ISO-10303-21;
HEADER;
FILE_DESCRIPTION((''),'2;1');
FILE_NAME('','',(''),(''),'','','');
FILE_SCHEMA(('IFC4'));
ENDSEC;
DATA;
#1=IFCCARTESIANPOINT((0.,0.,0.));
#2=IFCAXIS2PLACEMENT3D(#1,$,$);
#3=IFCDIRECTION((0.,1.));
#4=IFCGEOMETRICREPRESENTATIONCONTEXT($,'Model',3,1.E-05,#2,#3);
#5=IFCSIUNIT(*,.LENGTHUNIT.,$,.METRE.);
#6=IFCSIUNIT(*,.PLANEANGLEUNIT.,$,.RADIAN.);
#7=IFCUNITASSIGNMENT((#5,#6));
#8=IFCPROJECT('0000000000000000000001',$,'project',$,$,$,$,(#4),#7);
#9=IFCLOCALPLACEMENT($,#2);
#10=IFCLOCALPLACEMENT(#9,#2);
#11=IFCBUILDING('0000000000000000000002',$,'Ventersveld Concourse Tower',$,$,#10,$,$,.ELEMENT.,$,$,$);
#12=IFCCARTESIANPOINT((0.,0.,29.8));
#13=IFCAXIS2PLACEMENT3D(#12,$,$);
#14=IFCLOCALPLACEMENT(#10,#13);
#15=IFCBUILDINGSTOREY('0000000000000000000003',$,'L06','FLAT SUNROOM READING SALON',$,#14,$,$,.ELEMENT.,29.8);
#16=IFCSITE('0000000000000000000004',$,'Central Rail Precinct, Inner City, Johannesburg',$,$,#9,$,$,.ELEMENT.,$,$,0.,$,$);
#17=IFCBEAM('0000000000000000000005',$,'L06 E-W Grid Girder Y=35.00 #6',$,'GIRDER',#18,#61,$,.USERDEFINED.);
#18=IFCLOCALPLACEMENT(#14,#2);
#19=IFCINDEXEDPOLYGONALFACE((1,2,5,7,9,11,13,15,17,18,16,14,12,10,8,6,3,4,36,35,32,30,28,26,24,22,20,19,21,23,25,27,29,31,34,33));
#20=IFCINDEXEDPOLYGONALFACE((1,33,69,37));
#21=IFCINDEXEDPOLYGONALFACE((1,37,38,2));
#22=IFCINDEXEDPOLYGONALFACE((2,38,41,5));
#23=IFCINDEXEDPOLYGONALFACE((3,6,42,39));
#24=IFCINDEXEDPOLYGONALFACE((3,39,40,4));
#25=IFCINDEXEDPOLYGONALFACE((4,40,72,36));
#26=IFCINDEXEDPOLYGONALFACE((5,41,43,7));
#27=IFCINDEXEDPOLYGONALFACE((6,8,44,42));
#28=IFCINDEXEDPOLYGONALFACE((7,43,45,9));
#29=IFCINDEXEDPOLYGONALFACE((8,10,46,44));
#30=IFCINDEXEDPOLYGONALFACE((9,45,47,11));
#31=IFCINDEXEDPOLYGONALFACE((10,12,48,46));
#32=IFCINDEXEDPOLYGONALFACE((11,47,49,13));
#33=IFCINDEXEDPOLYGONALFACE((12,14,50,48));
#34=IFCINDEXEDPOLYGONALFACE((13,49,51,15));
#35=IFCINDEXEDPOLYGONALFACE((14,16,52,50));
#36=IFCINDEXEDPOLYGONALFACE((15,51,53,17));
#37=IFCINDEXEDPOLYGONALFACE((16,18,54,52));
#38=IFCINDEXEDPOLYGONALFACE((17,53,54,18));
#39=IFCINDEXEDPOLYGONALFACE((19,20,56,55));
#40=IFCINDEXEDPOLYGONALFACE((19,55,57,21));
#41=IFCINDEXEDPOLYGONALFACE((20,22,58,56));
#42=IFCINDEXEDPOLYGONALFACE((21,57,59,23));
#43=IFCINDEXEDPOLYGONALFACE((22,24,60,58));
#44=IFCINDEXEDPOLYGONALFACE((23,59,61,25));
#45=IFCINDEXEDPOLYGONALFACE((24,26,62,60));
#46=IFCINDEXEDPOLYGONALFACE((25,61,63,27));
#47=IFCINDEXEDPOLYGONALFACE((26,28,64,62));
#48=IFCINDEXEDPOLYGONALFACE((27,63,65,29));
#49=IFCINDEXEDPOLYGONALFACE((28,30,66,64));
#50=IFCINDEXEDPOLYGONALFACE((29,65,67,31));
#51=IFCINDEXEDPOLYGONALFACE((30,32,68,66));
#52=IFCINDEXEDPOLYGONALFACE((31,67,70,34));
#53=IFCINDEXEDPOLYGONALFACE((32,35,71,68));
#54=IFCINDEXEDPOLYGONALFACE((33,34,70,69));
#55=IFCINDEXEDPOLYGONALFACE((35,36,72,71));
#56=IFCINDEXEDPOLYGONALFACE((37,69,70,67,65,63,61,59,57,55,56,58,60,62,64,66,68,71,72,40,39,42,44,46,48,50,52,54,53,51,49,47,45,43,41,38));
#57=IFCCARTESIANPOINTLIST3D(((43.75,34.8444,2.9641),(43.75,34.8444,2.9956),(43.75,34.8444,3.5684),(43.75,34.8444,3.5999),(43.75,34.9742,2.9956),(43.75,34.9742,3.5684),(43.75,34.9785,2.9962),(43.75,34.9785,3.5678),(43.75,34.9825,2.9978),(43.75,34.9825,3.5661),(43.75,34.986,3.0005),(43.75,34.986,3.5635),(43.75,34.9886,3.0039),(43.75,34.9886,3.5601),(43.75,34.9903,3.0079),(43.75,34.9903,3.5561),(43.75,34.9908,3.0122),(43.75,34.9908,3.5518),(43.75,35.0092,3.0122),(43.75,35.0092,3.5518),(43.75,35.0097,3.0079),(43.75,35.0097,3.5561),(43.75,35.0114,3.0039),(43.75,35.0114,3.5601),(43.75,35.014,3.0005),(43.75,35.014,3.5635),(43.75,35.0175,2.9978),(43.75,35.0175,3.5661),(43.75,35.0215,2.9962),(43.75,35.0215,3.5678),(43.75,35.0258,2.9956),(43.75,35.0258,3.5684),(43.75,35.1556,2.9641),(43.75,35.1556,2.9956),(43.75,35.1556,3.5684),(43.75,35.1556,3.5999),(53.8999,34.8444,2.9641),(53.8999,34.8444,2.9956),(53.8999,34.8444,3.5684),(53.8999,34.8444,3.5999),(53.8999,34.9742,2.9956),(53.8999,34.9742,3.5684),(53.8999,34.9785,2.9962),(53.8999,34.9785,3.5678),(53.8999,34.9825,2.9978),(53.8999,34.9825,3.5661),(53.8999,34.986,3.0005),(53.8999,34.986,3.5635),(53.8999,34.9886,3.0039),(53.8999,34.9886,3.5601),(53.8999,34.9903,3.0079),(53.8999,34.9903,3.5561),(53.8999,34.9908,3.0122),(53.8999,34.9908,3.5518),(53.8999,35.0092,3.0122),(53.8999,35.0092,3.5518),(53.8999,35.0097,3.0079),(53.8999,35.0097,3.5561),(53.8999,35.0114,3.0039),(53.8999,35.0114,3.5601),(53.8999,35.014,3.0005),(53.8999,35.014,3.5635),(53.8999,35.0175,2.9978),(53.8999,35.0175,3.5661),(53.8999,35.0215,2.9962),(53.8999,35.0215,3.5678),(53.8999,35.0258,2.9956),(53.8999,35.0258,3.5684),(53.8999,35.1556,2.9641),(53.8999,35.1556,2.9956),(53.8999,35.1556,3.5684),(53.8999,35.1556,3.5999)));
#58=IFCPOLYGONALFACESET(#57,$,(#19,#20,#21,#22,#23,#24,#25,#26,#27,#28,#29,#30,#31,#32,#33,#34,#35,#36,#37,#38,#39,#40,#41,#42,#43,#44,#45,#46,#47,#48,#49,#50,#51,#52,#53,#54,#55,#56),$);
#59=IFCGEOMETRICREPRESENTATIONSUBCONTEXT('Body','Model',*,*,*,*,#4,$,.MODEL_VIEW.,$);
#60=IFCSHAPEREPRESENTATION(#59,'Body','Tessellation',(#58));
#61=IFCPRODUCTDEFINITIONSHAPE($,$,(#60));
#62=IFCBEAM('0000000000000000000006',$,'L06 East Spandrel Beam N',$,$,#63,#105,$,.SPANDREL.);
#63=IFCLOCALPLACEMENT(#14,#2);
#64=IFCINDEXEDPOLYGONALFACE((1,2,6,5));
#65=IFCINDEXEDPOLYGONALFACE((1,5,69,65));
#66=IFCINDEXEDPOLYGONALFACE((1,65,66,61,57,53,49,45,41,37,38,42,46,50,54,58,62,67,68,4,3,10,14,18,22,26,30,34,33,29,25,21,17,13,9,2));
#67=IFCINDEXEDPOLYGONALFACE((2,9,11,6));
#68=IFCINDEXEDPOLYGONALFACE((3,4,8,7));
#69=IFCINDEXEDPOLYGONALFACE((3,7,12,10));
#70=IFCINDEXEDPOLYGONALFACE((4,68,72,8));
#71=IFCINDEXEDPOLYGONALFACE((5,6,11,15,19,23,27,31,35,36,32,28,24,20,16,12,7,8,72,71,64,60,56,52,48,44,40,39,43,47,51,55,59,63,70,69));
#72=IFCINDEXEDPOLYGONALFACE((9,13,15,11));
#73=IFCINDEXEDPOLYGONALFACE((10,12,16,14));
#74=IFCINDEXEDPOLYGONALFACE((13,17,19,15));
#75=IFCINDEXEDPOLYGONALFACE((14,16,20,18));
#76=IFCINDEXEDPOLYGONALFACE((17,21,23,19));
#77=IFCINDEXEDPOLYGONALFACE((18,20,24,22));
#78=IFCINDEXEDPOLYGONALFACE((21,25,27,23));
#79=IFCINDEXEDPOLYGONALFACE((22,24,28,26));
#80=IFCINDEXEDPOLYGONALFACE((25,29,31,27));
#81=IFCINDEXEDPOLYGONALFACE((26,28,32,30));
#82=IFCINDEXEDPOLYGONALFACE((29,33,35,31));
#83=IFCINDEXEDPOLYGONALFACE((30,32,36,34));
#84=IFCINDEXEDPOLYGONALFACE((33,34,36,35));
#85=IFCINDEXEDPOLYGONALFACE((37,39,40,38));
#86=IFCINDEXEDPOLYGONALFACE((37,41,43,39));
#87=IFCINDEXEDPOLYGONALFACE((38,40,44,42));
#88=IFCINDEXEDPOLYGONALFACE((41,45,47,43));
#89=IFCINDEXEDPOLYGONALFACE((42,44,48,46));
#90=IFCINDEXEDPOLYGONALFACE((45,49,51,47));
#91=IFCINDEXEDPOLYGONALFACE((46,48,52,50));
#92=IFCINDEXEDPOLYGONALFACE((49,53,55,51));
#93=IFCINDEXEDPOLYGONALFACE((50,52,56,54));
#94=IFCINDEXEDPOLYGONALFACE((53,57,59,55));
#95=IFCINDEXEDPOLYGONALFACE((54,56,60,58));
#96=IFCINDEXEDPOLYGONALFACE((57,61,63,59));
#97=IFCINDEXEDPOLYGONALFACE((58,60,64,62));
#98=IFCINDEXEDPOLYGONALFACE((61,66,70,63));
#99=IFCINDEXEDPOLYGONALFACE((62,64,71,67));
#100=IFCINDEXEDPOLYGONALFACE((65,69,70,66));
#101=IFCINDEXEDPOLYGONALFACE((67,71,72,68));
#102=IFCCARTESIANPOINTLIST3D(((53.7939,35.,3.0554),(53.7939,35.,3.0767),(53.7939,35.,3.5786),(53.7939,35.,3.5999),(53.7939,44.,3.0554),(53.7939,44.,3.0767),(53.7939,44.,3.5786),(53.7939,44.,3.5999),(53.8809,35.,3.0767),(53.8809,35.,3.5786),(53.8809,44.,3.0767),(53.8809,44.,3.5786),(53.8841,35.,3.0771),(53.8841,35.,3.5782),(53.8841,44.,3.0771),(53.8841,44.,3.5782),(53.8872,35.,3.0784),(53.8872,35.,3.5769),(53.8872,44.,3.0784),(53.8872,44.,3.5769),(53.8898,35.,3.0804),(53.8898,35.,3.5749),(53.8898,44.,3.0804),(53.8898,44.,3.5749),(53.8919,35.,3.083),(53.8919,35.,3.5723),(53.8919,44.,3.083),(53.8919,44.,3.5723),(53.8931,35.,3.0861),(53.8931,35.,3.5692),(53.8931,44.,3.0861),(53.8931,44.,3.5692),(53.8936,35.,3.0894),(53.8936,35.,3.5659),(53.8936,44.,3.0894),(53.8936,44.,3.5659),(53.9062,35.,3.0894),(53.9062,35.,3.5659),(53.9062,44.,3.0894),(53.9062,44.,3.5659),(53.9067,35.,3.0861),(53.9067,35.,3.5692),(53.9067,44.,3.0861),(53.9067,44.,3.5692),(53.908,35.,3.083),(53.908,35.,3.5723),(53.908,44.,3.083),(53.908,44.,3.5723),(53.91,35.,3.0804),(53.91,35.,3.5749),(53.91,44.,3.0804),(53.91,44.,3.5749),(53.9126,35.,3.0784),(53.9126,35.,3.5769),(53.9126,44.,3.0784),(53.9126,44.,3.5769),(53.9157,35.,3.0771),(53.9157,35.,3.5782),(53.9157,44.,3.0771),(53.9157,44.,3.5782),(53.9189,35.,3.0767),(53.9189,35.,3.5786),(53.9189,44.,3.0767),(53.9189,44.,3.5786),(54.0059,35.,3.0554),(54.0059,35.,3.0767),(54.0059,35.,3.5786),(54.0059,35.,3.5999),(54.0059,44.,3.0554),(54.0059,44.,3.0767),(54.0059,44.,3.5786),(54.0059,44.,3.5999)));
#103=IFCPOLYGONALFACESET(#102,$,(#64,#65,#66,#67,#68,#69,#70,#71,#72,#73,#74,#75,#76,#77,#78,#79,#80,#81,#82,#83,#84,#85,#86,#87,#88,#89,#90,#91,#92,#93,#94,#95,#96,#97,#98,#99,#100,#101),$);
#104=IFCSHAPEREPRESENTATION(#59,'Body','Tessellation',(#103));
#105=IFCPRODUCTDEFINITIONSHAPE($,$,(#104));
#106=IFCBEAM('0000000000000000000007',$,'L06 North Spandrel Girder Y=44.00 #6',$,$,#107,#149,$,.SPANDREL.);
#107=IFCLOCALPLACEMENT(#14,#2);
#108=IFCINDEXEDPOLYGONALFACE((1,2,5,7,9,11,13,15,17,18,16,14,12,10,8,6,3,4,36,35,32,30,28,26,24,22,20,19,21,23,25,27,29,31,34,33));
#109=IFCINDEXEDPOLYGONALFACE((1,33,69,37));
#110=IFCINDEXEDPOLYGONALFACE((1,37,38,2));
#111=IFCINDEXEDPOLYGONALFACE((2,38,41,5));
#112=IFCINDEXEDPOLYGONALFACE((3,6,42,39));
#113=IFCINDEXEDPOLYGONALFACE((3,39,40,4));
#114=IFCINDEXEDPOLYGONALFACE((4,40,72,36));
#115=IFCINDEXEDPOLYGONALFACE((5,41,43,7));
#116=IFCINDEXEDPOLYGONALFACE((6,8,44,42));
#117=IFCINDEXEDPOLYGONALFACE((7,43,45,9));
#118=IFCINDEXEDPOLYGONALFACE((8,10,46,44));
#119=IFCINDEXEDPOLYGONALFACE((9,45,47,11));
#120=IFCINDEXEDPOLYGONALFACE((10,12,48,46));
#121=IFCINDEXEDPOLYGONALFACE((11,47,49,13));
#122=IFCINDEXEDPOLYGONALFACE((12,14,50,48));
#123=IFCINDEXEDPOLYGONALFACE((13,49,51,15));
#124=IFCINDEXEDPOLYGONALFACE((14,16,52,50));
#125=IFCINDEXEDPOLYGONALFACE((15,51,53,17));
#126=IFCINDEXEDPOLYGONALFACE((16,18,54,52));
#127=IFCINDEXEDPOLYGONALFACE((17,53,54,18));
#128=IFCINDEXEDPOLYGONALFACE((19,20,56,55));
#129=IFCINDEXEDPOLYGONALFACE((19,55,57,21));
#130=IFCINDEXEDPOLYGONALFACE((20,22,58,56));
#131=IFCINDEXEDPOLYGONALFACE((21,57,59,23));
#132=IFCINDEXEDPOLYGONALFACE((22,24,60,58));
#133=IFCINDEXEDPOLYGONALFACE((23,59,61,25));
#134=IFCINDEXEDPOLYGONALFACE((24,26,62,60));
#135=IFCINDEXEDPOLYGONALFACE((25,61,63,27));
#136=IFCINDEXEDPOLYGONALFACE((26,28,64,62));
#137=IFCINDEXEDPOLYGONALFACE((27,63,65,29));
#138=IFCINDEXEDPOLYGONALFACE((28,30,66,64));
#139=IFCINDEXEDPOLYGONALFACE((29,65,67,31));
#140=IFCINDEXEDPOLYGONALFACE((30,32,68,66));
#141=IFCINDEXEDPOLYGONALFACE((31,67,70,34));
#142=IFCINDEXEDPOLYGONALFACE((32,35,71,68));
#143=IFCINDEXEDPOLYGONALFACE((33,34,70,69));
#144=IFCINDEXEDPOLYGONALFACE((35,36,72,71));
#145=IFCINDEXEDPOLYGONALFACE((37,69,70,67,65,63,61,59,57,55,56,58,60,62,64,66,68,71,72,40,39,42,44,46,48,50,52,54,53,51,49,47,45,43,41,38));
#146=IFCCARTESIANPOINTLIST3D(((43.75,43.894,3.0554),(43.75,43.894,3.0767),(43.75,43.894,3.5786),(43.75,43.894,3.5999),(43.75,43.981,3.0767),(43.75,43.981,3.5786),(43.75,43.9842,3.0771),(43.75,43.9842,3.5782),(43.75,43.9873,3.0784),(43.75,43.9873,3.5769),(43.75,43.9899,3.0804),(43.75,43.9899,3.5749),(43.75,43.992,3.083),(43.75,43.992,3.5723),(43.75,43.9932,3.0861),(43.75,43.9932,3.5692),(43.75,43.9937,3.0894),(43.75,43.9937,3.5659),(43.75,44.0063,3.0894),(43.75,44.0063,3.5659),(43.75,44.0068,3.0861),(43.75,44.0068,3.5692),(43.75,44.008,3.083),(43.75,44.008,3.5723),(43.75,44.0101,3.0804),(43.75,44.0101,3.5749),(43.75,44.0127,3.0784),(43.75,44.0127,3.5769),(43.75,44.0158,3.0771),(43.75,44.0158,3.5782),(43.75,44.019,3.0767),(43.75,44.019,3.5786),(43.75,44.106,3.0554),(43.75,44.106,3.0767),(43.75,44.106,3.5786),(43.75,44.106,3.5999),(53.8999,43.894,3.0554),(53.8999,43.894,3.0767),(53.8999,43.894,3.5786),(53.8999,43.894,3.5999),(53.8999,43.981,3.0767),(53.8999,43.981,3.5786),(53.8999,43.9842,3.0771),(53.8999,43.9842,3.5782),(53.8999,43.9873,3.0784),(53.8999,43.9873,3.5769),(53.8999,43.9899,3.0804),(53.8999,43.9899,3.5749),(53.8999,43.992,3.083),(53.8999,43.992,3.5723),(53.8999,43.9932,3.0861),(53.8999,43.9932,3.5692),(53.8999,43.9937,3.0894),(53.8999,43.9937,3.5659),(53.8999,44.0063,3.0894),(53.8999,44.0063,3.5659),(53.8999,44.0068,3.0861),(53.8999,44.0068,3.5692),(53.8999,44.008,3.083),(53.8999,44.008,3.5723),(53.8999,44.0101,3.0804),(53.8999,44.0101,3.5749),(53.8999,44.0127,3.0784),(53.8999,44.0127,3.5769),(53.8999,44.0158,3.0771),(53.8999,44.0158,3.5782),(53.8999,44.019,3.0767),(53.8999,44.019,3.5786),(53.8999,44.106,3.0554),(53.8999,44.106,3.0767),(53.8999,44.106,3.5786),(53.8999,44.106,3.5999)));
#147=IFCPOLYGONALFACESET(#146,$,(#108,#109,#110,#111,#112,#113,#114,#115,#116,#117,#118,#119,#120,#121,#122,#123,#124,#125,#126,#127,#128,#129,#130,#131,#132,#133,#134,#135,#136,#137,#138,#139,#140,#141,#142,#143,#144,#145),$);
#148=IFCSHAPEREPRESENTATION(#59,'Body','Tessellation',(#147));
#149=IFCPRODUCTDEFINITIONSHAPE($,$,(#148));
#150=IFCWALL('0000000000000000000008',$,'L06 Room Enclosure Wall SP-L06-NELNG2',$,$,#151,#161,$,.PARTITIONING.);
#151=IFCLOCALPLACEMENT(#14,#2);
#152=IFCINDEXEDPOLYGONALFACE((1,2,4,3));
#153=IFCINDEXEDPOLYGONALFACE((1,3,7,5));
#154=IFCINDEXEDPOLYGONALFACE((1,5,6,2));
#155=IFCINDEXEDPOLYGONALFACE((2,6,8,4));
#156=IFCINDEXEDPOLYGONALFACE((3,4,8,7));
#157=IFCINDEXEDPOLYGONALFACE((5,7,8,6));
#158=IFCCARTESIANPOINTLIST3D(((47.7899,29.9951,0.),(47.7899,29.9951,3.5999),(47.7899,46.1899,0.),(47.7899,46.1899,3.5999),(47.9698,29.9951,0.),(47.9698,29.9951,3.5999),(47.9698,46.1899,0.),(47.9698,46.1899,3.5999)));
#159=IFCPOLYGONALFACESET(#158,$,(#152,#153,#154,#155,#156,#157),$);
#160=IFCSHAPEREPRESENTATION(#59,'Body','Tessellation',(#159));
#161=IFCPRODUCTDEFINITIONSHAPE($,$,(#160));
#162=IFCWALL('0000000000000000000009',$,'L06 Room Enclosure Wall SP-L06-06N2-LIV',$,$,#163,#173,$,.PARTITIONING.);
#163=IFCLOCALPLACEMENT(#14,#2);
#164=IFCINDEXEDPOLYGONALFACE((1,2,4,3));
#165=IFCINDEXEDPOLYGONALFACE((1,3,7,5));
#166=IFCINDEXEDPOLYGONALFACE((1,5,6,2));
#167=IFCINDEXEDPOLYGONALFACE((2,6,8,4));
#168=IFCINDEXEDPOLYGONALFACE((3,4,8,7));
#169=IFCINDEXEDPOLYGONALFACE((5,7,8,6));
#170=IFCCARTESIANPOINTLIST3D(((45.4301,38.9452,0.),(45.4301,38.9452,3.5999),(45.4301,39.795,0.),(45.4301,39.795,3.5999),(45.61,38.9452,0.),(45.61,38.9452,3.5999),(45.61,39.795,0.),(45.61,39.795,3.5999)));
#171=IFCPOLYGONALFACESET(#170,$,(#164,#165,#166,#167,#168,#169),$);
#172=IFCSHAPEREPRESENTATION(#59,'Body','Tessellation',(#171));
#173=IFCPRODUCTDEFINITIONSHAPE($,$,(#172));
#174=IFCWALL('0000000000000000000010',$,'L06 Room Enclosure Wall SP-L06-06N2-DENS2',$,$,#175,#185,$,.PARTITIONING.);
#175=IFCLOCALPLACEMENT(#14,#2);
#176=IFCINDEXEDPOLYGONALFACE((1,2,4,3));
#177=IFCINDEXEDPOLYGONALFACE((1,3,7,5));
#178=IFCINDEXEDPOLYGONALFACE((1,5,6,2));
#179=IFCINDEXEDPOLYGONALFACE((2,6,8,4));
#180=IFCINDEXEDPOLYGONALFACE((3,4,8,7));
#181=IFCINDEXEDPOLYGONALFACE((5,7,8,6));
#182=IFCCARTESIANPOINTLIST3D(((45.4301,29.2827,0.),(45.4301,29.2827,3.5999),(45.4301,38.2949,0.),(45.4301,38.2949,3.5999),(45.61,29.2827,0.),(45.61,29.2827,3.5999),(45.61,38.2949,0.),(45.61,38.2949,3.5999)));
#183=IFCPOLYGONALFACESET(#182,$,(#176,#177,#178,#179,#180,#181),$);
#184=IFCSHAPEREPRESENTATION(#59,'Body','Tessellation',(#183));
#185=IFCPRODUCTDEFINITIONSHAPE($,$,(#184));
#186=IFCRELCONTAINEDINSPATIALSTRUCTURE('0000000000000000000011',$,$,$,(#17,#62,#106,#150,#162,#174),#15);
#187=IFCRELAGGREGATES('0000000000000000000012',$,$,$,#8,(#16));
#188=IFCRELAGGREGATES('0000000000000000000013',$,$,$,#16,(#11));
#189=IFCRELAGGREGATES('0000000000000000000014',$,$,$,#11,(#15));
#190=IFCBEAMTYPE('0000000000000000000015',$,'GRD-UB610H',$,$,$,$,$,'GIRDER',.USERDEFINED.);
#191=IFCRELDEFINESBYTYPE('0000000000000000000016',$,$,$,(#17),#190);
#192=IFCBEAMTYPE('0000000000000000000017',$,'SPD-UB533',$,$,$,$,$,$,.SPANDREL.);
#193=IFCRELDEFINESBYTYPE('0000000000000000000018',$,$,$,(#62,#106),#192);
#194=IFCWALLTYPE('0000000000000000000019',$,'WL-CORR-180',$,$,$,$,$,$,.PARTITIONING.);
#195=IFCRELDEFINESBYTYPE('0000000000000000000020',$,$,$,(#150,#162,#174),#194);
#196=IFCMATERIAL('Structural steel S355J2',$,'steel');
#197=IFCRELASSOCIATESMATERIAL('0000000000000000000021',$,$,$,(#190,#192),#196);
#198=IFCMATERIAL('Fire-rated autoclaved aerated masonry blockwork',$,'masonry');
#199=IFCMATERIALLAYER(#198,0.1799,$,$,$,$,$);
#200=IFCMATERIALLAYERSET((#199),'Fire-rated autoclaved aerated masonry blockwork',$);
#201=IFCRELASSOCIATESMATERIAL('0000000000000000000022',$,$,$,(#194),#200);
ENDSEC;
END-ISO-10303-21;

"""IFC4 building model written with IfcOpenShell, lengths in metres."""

from ifc_helpers import new_model, si_unit, direction, frame, frame_2d, origin, origin_2d, place, context, subcontext, project, spatial, rectangle, i_section, extrude, material, layer, layer_set, material_profile, profile_set, type_object, element, save


model = new_model("IFC4")

# Units and contexts
model_context = context("Model", 3, precision=1e-05, world=origin(), true_north=direction((0.0, 1.0)))
body_context = subcontext(model_context, "Body", "Model", "MODEL_VIEW")
ifc_project = project(units=[si_unit("LENGTHUNIT", "METRE"), si_unit("PLANEANGLEUNIT", "RADIAN")], contexts=[model_context])

# Site, building, storey
site_placement = place(None, origin())
site = spatial("IfcSite", under=ifc_project, at=site_placement, Name="Central Rail Precinct, Inner City, Johannesburg", CompositionType="ELEMENT", RefElevation=0.0)
building_placement = place(site_placement, origin())
building = spatial("IfcBuilding", under=site, at=building_placement, Name="Ventersveld Concourse Tower", CompositionType="ELEMENT")
storey_placement = place(building_placement, frame((0.0, 0.0, 29.8)))
storey = spatial("IfcBuildingStorey", under=building, at=storey_placement, Name="L06", Description="FLAT SUNROOM READING SALON", CompositionType="ELEMENT", Elevation=29.8)

# Beams
ifc_material_1 = material(Name="Structural steel S355J2", Category="steel")
ifc_material_profile_1 = material_profile(ifc_material_1, i_section(OverallWidth=0.3113, OverallDepth=0.6357, WebThickness=0.0183, FlangeThickness=0.0315, FilletRadius=0.0166, at=origin_2d()), Name="UB 610x305x238")
ifc_profile_set_1 = profile_set([ifc_material_profile_1], Name="Structural steel S355J2")
beam_type_1 = type_object("IfcBeamType", Name="GRD-UB610H", ElementType="GIRDER", PredefinedType="USERDEFINED", material=ifc_profile_set_1)
beam_1_placement = place(storey_placement, frame((43.75, 35.0, 3.282), z_axis=(1.0, 0.0, 0.0), x_axis=(0.0, 1.0, 0.0)))
element("IfcBeam", 1, at=beam_1_placement, inside=storey, type_object=beam_type_1, Name="L06 E-W Grid Girder Y=35.00 #6", ObjectType="GIRDER", PredefinedType="USERDEFINED", context=body_context, shape_type="SweptSolid", body=[
    extrude(i_section(OverallWidth=0.3113, OverallDepth=0.6357, WebThickness=0.0183, FlangeThickness=0.0315, FilletRadius=0.0166, at=origin_2d()), origin(), (0.0, 0.0, 1.0), 10.1499),
])
ifc_material_profile_2 = material_profile(ifc_material_1, i_section(OverallWidth=0.2119, OverallDepth=0.5444, WebThickness=0.0127, FlangeThickness=0.0212, FilletRadius=0.0127, at=origin_2d()), Name="UB 533x210x122")
ifc_profile_set_2 = profile_set([ifc_material_profile_2], Name="Structural steel S355J2")
beam_type_2 = type_object("IfcBeamType", Name="SPD-UB533", PredefinedType="SPANDREL", material=ifc_profile_set_2)
beam_2_placement = place(storey_placement, frame((53.8999, 35.0, 3.3276), z_axis=(0.0, 1.0, 0.0), x_axis=(-1.0, 0.0, 0.0)))
element("IfcBeam", 2, at=beam_2_placement, inside=storey, type_object=beam_type_2, Name="L06 East Spandrel Beam N", PredefinedType="SPANDREL", context=body_context, shape_type="SweptSolid", body=[
    extrude(i_section(OverallWidth=0.2119, OverallDepth=0.5444, WebThickness=0.0127, FlangeThickness=0.0212, FilletRadius=0.0127, at=origin_2d()), origin(), (0.0, 0.0, 1.0), 9.0),
])
beam_3_placement = place(storey_placement, frame((43.75, 44.0, 3.3276), z_axis=(1.0, 0.0, 0.0), x_axis=(0.0, 1.0, 0.0)))
element("IfcBeam", 3, at=beam_3_placement, inside=storey, type_object=beam_type_2, Name="L06 North Spandrel Girder Y=44.00 #6", PredefinedType="SPANDREL", context=body_context, shape_type="SweptSolid", body=[
    extrude(i_section(OverallWidth=0.2119, OverallDepth=0.5444, WebThickness=0.0127, FlangeThickness=0.0212, FilletRadius=0.0127, at=origin_2d()), origin(), (0.0, 0.0, 1.0), 10.1499),
])

# Walls
ifc_material_2 = material(Name="Fire-rated autoclaved aerated masonry blockwork", Category="masonry")
ifc_layer_1 = layer(ifc_material_2, 0.1799)
ifc_layer_set_1 = layer_set([ifc_layer_1], Name="Fire-rated autoclaved aerated masonry blockwork")
wall_type_1 = type_object("IfcWallType", Name="WL-CORR-180", PredefinedType="PARTITIONING", material=ifc_layer_set_1)
wall_1_placement = place(storey_placement, frame((47.8799, 29.9951, 0.0), z_axis=(0.0, 0.0, 1.0), x_axis=(0.0, 1.0, 0.0)))
element("IfcWall", 4, at=wall_1_placement, inside=storey, type_object=wall_type_1, Name="L06 Room Enclosure Wall SP-L06-NELNG2", PredefinedType="PARTITIONING", context=body_context, shape_type="SweptSolid", body=[
    extrude(rectangle(XDim=16.1948, YDim=0.1799, at=frame_2d((8.0974, 0.0))), origin(), (0.0, 0.0, 1.0), 3.5999),
])
wall_2_placement = place(storey_placement, frame((45.52, 39.7949, 0.0), z_axis=(0.0, 0.0, 1.0), x_axis=(0.0, -1.0, 0.0)))
element("IfcWall", 5, at=wall_2_placement, inside=storey, type_object=wall_type_1, Name="L06 Room Enclosure Wall SP-L06-06N2-LIV", PredefinedType="PARTITIONING", context=body_context, shape_type="SweptSolid", body=[
    extrude(rectangle(XDim=0.8499, YDim=0.1799, at=frame_2d((0.4248, 0.0))), origin(), (0.0, 0.0, 1.0), 3.5999),
])
wall_3_placement = place(storey_placement, frame((45.52, 38.2949, 0.0), z_axis=(0.0, 0.0, 1.0), x_axis=(0.0, -1.0, 0.0)))
element("IfcWall", 6, at=wall_3_placement, inside=storey, type_object=wall_type_1, Name="L06 Room Enclosure Wall SP-L06-06N2-DENS2", PredefinedType="PARTITIONING", context=body_context, shape_type="SweptSolid", body=[
    extrude(rectangle(XDim=9.0122, YDim=0.1799, at=frame_2d((4.5061, 0.0))), origin(), (0.0, 0.0, 1.0), 3.5999),
])

save(model, "model.ifc")
